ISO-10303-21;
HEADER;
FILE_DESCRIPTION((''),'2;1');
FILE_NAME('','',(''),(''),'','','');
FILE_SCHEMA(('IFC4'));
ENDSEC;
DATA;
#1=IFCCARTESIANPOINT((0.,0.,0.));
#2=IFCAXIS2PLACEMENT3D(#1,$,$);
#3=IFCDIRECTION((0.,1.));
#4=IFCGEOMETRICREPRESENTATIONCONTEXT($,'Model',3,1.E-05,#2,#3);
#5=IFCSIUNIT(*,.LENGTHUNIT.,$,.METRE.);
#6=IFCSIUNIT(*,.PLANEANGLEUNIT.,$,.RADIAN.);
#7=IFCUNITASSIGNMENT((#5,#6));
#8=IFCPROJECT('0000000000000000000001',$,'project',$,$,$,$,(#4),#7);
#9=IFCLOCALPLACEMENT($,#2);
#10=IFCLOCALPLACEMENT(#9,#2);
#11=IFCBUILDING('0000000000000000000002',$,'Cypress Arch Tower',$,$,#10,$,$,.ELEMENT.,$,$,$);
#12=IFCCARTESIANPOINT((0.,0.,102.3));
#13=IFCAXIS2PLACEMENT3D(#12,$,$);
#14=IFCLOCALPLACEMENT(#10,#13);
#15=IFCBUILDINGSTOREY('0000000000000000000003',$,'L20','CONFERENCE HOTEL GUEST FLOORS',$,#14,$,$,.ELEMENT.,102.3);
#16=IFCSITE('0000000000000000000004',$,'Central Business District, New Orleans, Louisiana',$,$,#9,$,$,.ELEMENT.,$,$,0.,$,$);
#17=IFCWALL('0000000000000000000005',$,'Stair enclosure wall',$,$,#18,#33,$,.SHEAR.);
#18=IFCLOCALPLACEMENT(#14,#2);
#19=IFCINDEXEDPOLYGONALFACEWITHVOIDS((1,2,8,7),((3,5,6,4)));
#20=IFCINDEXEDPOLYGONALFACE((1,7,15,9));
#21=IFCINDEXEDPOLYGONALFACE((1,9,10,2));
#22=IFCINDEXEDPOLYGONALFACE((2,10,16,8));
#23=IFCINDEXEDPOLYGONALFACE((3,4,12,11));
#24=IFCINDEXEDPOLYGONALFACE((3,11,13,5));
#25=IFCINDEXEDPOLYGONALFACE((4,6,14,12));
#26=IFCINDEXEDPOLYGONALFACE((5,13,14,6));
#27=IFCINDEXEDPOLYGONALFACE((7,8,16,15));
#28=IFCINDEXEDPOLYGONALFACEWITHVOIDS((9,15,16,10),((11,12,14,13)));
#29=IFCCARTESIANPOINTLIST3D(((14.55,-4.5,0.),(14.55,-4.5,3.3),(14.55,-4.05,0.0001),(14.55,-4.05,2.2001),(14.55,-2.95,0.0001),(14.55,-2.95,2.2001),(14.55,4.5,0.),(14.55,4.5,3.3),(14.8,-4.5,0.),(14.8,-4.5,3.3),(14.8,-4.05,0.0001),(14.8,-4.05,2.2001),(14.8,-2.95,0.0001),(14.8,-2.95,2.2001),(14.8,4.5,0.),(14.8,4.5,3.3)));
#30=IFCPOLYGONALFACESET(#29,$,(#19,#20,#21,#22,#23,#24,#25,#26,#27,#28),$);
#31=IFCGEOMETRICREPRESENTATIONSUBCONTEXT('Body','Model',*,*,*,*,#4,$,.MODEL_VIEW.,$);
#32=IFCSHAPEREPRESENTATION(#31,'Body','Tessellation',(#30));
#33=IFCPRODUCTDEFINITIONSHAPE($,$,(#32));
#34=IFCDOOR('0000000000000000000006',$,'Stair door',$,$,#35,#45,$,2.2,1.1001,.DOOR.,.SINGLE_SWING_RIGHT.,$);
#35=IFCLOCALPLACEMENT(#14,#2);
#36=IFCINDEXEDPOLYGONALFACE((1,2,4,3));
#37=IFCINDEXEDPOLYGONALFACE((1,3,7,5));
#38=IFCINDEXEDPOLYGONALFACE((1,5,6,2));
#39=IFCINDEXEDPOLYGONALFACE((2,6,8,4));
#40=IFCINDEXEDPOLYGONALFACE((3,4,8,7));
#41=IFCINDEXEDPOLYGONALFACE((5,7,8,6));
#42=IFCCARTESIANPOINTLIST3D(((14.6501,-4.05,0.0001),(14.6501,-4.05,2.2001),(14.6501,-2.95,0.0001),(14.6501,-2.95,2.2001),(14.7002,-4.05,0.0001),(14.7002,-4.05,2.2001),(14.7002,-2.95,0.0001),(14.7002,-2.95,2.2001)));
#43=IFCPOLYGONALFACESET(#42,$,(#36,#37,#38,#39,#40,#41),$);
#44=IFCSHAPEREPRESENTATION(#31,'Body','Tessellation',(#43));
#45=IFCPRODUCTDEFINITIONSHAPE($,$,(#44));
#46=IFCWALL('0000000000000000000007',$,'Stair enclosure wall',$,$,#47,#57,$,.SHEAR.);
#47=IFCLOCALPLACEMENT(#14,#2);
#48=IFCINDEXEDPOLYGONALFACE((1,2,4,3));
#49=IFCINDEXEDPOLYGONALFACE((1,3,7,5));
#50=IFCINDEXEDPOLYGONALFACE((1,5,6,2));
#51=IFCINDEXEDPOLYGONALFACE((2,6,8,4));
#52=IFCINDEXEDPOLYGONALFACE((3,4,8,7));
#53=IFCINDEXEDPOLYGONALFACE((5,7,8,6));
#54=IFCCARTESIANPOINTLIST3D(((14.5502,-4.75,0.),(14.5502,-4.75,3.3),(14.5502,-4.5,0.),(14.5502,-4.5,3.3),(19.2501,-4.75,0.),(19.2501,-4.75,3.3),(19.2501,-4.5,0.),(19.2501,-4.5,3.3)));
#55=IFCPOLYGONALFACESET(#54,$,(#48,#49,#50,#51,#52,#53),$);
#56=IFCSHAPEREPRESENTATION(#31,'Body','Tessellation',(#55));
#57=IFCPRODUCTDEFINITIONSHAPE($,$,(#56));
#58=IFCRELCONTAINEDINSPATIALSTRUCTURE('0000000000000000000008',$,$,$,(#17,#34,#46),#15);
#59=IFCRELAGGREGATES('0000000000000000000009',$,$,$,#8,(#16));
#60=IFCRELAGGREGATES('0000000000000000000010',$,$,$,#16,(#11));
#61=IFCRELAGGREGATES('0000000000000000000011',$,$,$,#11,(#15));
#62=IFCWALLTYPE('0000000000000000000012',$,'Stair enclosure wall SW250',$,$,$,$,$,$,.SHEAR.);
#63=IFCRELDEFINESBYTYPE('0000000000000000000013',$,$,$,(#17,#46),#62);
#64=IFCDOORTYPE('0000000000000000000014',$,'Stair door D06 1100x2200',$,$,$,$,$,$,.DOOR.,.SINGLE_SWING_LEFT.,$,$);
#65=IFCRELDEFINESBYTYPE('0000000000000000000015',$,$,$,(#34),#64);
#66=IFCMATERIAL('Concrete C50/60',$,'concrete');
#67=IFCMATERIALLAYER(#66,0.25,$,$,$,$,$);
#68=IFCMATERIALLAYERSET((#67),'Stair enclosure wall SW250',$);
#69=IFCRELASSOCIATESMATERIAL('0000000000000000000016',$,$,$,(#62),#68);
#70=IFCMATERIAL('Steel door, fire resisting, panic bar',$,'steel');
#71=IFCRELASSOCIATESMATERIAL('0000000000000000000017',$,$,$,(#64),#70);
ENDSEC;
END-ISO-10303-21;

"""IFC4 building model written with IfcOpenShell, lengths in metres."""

from ifc_helpers import new_model, si_unit, direction, frame, frame_2d, origin, place, context, subcontext, project, spatial, rectangle, extrude, material, layer, layer_set, type_object, element, fill, save


model = new_model("IFC4")

# Units and contexts
model_context = context("Model", 3, precision=1e-05, world=origin(), true_north=direction((0.0, 1.0)))
body_context = subcontext(model_context, "Body", "Model", "MODEL_VIEW")
ifc_project = project(units=[si_unit("LENGTHUNIT", "METRE"), si_unit("PLANEANGLEUNIT", "RADIAN")], contexts=[model_context])

# Site, building, storey
site_placement = place(None, origin())
site = spatial("IfcSite", under=ifc_project, at=site_placement, Name="Central Business District, New Orleans, Louisiana", CompositionType="ELEMENT", RefElevation=0.0)
building_placement = place(site_placement, origin())
building = spatial("IfcBuilding", under=site, at=building_placement, Name="Cypress Arch Tower", CompositionType="ELEMENT")
storey_placement = place(building_placement, frame((0.0, 0.0, 102.3)))
storey = spatial("IfcBuildingStorey", under=building, at=storey_placement, Name="L20", Description="CONFERENCE HOTEL GUEST FLOORS", CompositionType="ELEMENT", Elevation=102.3)

# Wall, opening, door
ifc_material_1 = material(Name="Concrete C50/60", Category="concrete")
ifc_layer_1 = layer(ifc_material_1, 0.25)
ifc_layer_set_1 = layer_set([ifc_layer_1], Name="Stair enclosure wall SW250")
wall_type_1 = type_object("IfcWallType", Name="Stair enclosure wall SW250", PredefinedType="SHEAR", material=ifc_layer_set_1)
wall_1_placement = place(storey_placement, frame((14.675, -4.5, 0.0), z_axis=(0.0, 0.0, 1.0), x_axis=(0.0, 1.0, 0.0)))
wall_1 = element("IfcWall", 1, at=wall_1_placement, inside=storey, type_object=wall_type_1, Name="Stair enclosure wall", PredefinedType="SHEAR", context=body_context, shape_type="SweptSolid", body=[
    extrude(rectangle(XDim=9.0, YDim=0.25, at=frame_2d((4.5, 0.0))), origin(), (0.0, 0.0, 1.0), 3.3),
])
opening_1_placement = place(wall_1_placement, frame((0.45, 0.0, 0.0)))
opening_1 = element("IfcOpeningElement", 2, at=opening_1_placement, cuts=wall_1, PredefinedType="OPENING", context=body_context, shape_type="SweptSolid", body=[
    extrude(rectangle(XDim=1.1001, YDim=2.2, at=frame_2d((0.55, 1.1001))), frame((0.0, 0.135, 0.0), z_axis=(0.0, -1.0, 0.0), x_axis=(1.0, 0.0, 0.0)), (0.0, 0.0, 1.0), 0.27),
])
ifc_material_2 = material(Name="Steel door, fire resisting, panic bar", Category="steel")
door_type_1 = type_object("IfcDoorType", Name="Stair door D06 1100x2200", OperationType="SINGLE_SWING_LEFT", PredefinedType="DOOR", material=ifc_material_2)
door_1_placement = place(opening_1_placement, origin())
door_1 = element("IfcDoor", 3, at=door_1_placement, inside=storey, type_object=door_type_1, Name="Stair door", OperationType="SINGLE_SWING_RIGHT", OverallHeight=2.2, OverallWidth=1.1001, PredefinedType="DOOR", context=body_context, shape_type="SweptSolid", body=[
    extrude(rectangle(XDim=1.1001, YDim=2.2, at=frame_2d((0.55, 1.1001))), frame((0.0, 0.0249, 0.0), z_axis=(0.0, -1.0, 0.0), x_axis=(1.0, 0.0, 0.0)), (0.0, 0.0, 1.0), 0.05),
])
fill(opening_1, door_1)

# Wall
wall_2_placement = place(storey_placement, frame((14.55, -4.625, 0.0), z_axis=(0.0, 0.0, 1.0), x_axis=(1.0, 0.0, 0.0)))
element("IfcWall", 4, at=wall_2_placement, inside=storey, type_object=wall_type_1, Name="Stair enclosure wall", PredefinedType="SHEAR", context=body_context, shape_type="SweptSolid", body=[
    extrude(rectangle(XDim=4.7, YDim=0.25, at=frame_2d((2.3501, 0.0))), origin(), (0.0, 0.0, 1.0), 3.3),
])

save(model, "model.ifc")
